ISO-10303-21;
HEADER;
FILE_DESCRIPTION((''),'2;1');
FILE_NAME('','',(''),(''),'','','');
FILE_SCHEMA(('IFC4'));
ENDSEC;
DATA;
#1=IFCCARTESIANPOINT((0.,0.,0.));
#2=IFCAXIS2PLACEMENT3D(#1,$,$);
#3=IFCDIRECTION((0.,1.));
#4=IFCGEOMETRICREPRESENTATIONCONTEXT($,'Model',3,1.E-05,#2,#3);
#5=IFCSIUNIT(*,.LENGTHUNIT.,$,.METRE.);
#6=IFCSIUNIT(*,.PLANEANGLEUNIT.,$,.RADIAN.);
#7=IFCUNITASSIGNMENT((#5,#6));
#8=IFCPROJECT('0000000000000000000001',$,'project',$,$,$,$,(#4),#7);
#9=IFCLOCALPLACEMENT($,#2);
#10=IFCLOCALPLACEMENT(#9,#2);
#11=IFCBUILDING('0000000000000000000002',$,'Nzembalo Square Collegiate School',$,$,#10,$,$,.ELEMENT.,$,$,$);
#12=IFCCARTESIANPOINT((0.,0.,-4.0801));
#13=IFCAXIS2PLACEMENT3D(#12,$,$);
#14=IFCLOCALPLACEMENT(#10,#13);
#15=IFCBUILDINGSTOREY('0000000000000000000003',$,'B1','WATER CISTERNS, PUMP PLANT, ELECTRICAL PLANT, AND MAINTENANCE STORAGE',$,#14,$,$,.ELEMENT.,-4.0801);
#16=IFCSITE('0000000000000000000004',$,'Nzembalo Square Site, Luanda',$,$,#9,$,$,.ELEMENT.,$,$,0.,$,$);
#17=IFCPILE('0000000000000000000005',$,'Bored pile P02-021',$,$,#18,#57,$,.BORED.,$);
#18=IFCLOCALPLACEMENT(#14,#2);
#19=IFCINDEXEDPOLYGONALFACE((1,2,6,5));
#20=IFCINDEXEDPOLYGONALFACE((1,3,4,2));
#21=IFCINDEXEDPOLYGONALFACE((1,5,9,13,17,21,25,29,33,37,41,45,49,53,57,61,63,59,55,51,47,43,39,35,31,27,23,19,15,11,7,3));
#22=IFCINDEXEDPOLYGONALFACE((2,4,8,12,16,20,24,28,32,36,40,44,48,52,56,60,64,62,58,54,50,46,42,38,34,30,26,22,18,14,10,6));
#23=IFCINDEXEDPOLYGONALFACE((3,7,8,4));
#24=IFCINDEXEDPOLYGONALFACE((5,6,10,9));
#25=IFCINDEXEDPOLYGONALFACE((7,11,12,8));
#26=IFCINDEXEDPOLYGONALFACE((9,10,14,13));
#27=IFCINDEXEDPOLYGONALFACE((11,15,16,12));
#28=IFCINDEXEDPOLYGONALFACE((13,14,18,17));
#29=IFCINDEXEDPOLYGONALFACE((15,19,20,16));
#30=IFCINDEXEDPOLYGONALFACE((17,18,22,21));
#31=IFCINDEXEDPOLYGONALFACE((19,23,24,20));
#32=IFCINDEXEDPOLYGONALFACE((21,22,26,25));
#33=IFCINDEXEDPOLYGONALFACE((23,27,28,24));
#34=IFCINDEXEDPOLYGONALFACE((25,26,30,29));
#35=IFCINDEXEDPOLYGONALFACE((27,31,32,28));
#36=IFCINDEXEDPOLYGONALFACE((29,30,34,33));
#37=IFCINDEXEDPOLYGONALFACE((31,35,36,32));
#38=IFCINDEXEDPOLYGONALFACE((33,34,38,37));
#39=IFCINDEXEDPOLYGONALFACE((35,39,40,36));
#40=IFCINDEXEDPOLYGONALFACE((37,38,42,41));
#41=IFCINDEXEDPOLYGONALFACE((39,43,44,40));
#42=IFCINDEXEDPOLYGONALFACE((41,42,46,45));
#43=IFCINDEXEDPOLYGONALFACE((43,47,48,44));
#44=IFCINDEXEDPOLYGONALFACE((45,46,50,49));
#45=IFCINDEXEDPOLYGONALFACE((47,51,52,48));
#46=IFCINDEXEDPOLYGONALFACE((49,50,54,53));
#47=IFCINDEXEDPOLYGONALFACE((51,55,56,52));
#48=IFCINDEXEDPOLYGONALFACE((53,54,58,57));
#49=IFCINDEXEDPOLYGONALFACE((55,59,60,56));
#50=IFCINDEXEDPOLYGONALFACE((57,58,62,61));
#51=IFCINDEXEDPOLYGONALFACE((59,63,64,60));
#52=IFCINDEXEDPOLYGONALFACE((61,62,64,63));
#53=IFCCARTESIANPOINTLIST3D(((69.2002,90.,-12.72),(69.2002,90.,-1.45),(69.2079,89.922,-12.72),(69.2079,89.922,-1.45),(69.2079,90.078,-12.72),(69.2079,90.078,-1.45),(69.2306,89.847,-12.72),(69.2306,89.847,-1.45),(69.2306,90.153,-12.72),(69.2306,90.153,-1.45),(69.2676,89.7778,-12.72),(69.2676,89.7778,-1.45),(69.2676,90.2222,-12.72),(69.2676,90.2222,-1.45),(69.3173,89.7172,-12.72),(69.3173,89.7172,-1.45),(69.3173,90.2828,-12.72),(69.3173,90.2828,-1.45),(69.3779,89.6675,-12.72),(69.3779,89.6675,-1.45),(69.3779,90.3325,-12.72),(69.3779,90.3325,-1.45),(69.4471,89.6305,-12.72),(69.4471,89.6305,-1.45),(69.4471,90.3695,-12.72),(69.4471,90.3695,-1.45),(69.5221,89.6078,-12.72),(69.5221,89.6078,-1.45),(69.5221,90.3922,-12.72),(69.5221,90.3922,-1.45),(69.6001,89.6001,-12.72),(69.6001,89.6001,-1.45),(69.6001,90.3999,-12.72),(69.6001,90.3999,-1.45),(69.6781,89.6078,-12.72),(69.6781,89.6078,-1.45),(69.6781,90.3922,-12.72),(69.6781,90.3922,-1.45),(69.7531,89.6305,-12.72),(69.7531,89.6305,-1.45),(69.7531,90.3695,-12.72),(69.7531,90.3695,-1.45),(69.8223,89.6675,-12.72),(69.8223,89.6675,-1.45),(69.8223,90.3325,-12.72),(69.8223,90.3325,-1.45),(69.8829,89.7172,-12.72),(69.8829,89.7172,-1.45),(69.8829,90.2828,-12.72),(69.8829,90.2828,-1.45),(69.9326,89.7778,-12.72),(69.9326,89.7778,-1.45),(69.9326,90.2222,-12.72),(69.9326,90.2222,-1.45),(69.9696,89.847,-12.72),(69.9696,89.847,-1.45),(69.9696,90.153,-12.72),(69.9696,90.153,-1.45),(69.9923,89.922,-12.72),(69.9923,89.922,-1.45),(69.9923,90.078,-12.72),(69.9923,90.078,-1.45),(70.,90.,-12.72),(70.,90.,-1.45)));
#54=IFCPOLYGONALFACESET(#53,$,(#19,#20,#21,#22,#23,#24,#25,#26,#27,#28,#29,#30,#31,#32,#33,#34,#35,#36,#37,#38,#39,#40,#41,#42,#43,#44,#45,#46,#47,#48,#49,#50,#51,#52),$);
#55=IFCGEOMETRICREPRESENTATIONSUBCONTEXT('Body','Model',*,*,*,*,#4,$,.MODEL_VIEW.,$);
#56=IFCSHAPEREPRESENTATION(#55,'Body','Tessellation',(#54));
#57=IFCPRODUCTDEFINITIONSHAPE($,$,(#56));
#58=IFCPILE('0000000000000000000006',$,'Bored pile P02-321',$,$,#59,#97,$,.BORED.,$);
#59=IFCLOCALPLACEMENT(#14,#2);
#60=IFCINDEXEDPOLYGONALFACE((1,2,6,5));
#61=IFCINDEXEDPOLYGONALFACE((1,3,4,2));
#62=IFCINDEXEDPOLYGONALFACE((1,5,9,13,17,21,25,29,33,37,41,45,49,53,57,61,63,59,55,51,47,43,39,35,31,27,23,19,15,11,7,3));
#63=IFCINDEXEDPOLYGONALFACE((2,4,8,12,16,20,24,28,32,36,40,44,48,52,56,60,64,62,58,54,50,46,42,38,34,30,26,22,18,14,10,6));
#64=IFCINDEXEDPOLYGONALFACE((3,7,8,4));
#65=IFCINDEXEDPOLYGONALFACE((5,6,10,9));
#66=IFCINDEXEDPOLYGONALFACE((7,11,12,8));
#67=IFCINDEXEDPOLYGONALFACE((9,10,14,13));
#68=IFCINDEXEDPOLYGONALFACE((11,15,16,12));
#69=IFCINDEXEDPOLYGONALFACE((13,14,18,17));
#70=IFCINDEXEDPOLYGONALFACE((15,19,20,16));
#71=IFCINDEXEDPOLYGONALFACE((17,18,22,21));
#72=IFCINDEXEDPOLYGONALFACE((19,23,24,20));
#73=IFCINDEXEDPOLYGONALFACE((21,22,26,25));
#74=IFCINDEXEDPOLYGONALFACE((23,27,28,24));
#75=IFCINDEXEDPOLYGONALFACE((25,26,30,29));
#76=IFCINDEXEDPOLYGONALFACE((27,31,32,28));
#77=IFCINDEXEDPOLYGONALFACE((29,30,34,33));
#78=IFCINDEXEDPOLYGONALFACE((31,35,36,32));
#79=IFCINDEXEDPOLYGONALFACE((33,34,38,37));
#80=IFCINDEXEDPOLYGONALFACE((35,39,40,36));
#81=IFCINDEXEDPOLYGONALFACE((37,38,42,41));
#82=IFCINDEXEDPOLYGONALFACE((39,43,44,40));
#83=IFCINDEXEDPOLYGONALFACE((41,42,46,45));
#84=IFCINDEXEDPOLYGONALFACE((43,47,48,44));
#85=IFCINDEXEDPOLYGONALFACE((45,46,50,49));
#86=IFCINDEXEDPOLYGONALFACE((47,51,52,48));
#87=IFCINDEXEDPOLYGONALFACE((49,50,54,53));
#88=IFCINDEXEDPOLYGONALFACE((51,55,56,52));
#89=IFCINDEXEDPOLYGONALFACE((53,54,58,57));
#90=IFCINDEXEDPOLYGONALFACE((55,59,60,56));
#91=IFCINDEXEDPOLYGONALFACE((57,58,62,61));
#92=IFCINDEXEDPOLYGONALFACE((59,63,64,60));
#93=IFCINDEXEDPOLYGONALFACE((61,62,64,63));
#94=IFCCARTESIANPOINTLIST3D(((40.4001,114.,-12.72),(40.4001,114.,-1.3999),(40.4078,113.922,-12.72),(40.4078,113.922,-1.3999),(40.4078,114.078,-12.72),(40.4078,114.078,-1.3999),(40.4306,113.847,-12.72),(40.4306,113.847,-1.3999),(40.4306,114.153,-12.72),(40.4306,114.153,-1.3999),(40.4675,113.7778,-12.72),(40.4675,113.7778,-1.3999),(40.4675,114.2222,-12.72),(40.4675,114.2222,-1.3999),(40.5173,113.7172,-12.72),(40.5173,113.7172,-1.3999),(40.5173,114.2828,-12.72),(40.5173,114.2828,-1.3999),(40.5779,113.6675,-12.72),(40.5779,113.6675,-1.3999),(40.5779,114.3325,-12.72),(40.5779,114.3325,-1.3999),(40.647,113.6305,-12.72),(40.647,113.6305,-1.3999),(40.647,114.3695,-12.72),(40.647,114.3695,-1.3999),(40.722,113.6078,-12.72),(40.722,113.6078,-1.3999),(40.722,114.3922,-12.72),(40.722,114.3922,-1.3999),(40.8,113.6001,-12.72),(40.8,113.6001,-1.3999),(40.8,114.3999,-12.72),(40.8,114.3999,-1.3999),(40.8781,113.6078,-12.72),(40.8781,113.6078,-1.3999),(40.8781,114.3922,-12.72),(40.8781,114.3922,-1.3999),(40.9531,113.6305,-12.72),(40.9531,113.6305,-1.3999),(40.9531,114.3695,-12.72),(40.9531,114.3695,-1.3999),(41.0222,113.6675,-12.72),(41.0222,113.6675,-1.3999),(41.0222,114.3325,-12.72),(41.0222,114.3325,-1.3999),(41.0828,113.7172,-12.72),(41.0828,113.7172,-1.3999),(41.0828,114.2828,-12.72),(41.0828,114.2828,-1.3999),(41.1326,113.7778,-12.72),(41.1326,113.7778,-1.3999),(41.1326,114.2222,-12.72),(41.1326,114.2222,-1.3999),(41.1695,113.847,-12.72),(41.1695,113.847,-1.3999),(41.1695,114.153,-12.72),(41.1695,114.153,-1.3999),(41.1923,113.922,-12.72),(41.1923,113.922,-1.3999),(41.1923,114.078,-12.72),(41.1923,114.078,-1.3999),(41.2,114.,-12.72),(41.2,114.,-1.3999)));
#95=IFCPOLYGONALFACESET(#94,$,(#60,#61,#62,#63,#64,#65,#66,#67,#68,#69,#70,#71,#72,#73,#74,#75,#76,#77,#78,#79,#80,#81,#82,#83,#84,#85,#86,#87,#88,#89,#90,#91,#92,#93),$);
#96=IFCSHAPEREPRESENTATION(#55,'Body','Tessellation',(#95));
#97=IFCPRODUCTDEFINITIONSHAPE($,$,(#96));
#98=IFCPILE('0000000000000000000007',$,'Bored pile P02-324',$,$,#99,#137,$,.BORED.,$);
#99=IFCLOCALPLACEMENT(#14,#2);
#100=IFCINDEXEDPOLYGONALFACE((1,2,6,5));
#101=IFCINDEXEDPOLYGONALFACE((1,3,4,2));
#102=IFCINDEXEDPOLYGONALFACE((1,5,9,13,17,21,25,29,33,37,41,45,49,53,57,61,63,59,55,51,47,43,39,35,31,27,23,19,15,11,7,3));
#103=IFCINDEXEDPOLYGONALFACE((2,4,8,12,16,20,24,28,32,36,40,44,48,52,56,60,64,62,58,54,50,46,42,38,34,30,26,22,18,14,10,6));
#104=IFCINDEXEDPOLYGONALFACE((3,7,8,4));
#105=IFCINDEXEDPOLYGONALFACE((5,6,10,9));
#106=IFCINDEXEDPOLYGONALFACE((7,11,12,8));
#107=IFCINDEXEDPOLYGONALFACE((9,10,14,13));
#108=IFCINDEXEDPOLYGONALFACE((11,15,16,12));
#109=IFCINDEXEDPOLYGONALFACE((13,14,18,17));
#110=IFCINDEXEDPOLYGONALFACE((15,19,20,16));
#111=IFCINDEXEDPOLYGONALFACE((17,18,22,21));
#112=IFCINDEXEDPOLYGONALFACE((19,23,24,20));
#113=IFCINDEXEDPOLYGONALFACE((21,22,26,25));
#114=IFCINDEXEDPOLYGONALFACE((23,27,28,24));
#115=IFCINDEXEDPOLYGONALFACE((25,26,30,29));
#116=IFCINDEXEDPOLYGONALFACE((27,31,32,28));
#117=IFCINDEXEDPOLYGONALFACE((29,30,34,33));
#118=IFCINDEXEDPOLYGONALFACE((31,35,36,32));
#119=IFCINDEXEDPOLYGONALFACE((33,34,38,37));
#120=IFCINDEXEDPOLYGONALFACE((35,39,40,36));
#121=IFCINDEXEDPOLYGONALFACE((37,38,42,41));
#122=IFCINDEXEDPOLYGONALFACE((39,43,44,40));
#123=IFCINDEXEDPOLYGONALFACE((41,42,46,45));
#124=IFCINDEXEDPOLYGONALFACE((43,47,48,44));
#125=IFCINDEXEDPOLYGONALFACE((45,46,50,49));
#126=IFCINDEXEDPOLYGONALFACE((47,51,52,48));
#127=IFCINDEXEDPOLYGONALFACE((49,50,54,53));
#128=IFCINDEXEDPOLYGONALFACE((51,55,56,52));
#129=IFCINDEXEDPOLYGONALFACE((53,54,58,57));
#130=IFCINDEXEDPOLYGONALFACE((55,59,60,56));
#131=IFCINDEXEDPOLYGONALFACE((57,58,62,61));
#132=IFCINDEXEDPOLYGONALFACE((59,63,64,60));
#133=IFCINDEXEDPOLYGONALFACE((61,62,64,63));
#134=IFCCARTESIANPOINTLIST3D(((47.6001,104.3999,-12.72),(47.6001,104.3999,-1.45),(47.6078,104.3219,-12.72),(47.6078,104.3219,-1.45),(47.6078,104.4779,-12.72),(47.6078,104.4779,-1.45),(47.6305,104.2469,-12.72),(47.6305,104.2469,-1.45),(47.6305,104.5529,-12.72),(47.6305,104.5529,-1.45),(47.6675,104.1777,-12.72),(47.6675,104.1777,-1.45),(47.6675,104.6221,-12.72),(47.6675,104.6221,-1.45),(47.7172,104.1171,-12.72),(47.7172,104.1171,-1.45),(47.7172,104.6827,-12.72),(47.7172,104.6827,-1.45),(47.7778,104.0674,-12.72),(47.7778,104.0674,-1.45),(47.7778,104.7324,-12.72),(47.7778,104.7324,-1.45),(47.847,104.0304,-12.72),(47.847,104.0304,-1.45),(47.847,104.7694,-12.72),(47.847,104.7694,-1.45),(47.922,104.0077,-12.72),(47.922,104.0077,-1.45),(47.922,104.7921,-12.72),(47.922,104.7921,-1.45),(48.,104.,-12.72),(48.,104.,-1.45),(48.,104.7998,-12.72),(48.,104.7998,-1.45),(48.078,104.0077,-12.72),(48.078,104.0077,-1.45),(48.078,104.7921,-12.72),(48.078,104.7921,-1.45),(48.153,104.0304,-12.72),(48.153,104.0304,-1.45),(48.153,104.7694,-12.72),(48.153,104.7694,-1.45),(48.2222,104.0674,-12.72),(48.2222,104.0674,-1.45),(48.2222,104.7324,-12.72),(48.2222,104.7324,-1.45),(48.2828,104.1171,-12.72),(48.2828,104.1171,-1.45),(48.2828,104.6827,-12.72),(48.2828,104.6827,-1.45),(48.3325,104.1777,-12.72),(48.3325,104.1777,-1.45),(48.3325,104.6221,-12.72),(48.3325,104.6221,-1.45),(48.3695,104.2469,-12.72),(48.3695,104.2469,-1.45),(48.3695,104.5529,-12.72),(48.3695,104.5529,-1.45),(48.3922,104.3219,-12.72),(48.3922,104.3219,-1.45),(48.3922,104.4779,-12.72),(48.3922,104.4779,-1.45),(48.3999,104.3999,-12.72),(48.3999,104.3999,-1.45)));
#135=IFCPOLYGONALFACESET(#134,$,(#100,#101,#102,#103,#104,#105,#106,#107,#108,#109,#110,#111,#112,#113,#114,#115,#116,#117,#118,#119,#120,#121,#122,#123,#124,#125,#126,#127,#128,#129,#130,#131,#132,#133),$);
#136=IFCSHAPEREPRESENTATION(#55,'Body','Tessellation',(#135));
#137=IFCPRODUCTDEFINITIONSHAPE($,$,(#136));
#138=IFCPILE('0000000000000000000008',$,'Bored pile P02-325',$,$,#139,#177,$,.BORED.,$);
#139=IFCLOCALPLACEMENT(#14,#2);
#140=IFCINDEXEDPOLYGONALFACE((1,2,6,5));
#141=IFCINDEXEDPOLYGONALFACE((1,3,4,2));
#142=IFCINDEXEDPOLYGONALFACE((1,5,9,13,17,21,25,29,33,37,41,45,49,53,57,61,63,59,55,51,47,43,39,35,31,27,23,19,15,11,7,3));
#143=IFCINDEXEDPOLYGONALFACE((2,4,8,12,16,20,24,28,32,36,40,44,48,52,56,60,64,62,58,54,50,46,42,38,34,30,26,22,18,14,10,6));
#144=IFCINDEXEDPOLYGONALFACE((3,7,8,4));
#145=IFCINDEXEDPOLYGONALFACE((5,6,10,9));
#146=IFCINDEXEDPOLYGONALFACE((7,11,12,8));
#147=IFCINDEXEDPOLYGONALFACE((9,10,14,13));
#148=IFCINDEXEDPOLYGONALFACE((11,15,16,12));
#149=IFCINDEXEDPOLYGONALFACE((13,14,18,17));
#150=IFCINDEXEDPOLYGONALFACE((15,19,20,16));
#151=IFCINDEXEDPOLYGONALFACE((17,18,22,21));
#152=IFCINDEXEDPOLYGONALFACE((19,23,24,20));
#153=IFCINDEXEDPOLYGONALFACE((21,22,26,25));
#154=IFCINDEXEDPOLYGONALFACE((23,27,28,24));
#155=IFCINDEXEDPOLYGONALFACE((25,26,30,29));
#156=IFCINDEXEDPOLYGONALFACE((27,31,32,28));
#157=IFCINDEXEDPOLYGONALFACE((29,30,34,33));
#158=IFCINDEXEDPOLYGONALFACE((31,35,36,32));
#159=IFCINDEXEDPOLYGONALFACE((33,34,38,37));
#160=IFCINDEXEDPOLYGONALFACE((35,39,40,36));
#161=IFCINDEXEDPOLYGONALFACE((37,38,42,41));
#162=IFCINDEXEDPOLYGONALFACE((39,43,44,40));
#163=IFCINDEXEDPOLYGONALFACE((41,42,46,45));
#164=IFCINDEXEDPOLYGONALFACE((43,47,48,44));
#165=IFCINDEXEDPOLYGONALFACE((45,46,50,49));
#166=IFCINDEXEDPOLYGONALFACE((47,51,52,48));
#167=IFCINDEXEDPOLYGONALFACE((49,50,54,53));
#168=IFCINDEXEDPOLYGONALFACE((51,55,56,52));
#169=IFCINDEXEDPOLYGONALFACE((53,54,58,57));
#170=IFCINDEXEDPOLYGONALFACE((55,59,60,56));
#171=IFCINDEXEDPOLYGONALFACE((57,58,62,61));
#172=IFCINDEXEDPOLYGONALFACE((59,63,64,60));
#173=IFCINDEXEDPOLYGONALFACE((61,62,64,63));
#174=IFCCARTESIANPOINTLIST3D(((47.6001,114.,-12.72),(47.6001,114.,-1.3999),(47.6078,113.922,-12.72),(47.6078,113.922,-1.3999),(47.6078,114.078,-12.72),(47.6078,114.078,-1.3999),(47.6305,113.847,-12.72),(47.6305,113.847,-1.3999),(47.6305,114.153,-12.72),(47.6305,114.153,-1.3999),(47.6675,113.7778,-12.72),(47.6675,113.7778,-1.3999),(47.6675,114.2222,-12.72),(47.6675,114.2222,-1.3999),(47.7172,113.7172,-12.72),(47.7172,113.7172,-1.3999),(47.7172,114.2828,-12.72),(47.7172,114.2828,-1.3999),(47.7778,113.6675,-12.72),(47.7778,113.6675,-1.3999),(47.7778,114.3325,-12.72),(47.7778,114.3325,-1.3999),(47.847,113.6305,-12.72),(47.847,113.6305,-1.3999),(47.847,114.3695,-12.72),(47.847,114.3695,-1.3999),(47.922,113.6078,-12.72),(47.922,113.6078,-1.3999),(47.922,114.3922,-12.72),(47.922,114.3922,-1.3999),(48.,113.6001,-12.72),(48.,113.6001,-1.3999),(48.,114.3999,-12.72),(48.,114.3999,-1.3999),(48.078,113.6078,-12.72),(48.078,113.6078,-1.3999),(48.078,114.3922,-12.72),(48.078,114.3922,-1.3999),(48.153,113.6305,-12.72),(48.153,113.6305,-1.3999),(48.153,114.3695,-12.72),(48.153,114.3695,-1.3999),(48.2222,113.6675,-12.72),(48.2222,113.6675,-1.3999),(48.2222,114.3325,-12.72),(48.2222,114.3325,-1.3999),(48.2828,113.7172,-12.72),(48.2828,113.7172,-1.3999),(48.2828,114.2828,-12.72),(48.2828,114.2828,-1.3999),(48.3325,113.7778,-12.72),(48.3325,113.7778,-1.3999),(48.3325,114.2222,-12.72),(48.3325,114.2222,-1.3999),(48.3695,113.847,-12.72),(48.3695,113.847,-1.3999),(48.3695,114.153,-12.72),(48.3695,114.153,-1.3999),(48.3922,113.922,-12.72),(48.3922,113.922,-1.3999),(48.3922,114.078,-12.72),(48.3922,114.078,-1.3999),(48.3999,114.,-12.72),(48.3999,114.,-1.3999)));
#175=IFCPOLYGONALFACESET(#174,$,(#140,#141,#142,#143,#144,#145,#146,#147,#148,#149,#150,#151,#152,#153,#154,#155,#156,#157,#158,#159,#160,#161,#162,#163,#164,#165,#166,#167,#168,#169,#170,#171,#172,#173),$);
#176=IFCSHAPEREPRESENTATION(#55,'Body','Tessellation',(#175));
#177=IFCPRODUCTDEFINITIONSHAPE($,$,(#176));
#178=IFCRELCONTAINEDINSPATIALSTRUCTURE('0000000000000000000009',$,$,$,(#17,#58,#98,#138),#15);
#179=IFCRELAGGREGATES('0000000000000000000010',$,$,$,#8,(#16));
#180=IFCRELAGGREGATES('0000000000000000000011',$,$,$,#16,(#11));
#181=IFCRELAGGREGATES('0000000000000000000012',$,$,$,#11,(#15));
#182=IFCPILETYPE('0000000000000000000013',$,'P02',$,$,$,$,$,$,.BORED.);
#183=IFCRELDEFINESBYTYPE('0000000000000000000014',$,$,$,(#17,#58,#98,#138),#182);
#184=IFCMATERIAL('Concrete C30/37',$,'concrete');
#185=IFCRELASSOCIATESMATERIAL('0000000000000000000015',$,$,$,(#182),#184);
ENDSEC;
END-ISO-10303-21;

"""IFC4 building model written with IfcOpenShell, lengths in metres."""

from ifc_helpers import new_model, si_unit, direction, frame, origin, origin_2d, place, context, subcontext, project, spatial, circle, extrude, material, material_profile, profile_set, type_object, element, save


model = new_model("IFC4")

# Units and contexts
model_context = context("Model", 3, precision=1e-05, world=origin(), true_north=direction((0.0, 1.0)))
body_context = subcontext(model_context, "Body", "Model", "MODEL_VIEW")
ifc_project = project(units=[si_unit("LENGTHUNIT", "METRE"), si_unit("PLANEANGLEUNIT", "RADIAN")], contexts=[model_context])

# Site, building, storey
site_placement = place(None, origin())
site = spatial("IfcSite", under=ifc_project, at=site_placement, Name="Nzembalo Square Site, Luanda", CompositionType="ELEMENT", RefElevation=0.0)
building_placement = place(site_placement, origin())
building = spatial("IfcBuilding", under=site, at=building_placement, Name="Nzembalo Square Collegiate School", CompositionType="ELEMENT")
storey_placement = place(building_placement, frame((0.0, 0.0, -4.0801)))
storey = spatial("IfcBuildingStorey", under=building, at=storey_placement, Name="B1", Description="WATER CISTERNS, PUMP PLANT, ELECTRICAL PLANT, AND MAINTENANCE STORAGE", CompositionType="ELEMENT", Elevation=-4.0801)

# Piles
ifc_material_1 = material(Name="Concrete C30/37", Category="concrete")
ifc_material_profile_1 = material_profile(ifc_material_1, circle(Radius=0.3999, at=origin_2d()), Name="PILE D800")
ifc_profile_set_1 = profile_set([ifc_material_profile_1], Name="Concrete C30/37")
pile_type = type_object("IfcPileType", Name="P02", PredefinedType="BORED", material=ifc_profile_set_1)
pile_1_placement = place(storey_placement, frame((69.6001, 90.0, -1.45), z_axis=(0.0, 0.0, -1.0), x_axis=(1.0, 0.0, 0.0)))
element("IfcPile", 1, at=pile_1_placement, inside=storey, type_object=pile_type, Name="Bored pile P02-021", PredefinedType="BORED", context=body_context, shape_type="SweptSolid", body=[
    extrude(circle(Radius=0.3999, at=origin_2d()), origin(), (0.0, 0.0, 1.0), 11.27),
])
pile_2_placement = place(storey_placement, frame((40.8, 114.0, -1.3999), z_axis=(0.0, 0.0, -1.0), x_axis=(1.0, 0.0, 0.0)))
element("IfcPile", 2, at=pile_2_placement, inside=storey, type_object=pile_type, Name="Bored pile P02-321", PredefinedType="BORED", context=body_context, shape_type="SweptSolid", body=[
    extrude(circle(Radius=0.3999, at=origin_2d()), origin(), (0.0, 0.0, 1.0), 11.3201),
])
pile_3_placement = place(storey_placement, frame((48.0, 104.3999, -1.45), z_axis=(0.0, 0.0, -1.0), x_axis=(1.0, 0.0, 0.0)))
element("IfcPile", 3, at=pile_3_placement, inside=storey, type_object=pile_type, Name="Bored pile P02-324", PredefinedType="BORED", context=body_context, shape_type="SweptSolid", body=[
    extrude(circle(Radius=0.3999, at=origin_2d()), origin(), (0.0, 0.0, 1.0), 11.27),
])
pile_4_placement = place(storey_placement, frame((48.0, 114.0, -1.3999), z_axis=(0.0, 0.0, -1.0), x_axis=(1.0, 0.0, 0.0)))
element("IfcPile", 4, at=pile_4_placement, inside=storey, type_object=pile_type, Name="Bored pile P02-325", PredefinedType="BORED", context=body_context, shape_type="SweptSolid", body=[
    extrude(circle(Radius=0.3999, at=origin_2d()), origin(), (0.0, 0.0, 1.0), 11.3201),
])

save(model, "model.ifc")
